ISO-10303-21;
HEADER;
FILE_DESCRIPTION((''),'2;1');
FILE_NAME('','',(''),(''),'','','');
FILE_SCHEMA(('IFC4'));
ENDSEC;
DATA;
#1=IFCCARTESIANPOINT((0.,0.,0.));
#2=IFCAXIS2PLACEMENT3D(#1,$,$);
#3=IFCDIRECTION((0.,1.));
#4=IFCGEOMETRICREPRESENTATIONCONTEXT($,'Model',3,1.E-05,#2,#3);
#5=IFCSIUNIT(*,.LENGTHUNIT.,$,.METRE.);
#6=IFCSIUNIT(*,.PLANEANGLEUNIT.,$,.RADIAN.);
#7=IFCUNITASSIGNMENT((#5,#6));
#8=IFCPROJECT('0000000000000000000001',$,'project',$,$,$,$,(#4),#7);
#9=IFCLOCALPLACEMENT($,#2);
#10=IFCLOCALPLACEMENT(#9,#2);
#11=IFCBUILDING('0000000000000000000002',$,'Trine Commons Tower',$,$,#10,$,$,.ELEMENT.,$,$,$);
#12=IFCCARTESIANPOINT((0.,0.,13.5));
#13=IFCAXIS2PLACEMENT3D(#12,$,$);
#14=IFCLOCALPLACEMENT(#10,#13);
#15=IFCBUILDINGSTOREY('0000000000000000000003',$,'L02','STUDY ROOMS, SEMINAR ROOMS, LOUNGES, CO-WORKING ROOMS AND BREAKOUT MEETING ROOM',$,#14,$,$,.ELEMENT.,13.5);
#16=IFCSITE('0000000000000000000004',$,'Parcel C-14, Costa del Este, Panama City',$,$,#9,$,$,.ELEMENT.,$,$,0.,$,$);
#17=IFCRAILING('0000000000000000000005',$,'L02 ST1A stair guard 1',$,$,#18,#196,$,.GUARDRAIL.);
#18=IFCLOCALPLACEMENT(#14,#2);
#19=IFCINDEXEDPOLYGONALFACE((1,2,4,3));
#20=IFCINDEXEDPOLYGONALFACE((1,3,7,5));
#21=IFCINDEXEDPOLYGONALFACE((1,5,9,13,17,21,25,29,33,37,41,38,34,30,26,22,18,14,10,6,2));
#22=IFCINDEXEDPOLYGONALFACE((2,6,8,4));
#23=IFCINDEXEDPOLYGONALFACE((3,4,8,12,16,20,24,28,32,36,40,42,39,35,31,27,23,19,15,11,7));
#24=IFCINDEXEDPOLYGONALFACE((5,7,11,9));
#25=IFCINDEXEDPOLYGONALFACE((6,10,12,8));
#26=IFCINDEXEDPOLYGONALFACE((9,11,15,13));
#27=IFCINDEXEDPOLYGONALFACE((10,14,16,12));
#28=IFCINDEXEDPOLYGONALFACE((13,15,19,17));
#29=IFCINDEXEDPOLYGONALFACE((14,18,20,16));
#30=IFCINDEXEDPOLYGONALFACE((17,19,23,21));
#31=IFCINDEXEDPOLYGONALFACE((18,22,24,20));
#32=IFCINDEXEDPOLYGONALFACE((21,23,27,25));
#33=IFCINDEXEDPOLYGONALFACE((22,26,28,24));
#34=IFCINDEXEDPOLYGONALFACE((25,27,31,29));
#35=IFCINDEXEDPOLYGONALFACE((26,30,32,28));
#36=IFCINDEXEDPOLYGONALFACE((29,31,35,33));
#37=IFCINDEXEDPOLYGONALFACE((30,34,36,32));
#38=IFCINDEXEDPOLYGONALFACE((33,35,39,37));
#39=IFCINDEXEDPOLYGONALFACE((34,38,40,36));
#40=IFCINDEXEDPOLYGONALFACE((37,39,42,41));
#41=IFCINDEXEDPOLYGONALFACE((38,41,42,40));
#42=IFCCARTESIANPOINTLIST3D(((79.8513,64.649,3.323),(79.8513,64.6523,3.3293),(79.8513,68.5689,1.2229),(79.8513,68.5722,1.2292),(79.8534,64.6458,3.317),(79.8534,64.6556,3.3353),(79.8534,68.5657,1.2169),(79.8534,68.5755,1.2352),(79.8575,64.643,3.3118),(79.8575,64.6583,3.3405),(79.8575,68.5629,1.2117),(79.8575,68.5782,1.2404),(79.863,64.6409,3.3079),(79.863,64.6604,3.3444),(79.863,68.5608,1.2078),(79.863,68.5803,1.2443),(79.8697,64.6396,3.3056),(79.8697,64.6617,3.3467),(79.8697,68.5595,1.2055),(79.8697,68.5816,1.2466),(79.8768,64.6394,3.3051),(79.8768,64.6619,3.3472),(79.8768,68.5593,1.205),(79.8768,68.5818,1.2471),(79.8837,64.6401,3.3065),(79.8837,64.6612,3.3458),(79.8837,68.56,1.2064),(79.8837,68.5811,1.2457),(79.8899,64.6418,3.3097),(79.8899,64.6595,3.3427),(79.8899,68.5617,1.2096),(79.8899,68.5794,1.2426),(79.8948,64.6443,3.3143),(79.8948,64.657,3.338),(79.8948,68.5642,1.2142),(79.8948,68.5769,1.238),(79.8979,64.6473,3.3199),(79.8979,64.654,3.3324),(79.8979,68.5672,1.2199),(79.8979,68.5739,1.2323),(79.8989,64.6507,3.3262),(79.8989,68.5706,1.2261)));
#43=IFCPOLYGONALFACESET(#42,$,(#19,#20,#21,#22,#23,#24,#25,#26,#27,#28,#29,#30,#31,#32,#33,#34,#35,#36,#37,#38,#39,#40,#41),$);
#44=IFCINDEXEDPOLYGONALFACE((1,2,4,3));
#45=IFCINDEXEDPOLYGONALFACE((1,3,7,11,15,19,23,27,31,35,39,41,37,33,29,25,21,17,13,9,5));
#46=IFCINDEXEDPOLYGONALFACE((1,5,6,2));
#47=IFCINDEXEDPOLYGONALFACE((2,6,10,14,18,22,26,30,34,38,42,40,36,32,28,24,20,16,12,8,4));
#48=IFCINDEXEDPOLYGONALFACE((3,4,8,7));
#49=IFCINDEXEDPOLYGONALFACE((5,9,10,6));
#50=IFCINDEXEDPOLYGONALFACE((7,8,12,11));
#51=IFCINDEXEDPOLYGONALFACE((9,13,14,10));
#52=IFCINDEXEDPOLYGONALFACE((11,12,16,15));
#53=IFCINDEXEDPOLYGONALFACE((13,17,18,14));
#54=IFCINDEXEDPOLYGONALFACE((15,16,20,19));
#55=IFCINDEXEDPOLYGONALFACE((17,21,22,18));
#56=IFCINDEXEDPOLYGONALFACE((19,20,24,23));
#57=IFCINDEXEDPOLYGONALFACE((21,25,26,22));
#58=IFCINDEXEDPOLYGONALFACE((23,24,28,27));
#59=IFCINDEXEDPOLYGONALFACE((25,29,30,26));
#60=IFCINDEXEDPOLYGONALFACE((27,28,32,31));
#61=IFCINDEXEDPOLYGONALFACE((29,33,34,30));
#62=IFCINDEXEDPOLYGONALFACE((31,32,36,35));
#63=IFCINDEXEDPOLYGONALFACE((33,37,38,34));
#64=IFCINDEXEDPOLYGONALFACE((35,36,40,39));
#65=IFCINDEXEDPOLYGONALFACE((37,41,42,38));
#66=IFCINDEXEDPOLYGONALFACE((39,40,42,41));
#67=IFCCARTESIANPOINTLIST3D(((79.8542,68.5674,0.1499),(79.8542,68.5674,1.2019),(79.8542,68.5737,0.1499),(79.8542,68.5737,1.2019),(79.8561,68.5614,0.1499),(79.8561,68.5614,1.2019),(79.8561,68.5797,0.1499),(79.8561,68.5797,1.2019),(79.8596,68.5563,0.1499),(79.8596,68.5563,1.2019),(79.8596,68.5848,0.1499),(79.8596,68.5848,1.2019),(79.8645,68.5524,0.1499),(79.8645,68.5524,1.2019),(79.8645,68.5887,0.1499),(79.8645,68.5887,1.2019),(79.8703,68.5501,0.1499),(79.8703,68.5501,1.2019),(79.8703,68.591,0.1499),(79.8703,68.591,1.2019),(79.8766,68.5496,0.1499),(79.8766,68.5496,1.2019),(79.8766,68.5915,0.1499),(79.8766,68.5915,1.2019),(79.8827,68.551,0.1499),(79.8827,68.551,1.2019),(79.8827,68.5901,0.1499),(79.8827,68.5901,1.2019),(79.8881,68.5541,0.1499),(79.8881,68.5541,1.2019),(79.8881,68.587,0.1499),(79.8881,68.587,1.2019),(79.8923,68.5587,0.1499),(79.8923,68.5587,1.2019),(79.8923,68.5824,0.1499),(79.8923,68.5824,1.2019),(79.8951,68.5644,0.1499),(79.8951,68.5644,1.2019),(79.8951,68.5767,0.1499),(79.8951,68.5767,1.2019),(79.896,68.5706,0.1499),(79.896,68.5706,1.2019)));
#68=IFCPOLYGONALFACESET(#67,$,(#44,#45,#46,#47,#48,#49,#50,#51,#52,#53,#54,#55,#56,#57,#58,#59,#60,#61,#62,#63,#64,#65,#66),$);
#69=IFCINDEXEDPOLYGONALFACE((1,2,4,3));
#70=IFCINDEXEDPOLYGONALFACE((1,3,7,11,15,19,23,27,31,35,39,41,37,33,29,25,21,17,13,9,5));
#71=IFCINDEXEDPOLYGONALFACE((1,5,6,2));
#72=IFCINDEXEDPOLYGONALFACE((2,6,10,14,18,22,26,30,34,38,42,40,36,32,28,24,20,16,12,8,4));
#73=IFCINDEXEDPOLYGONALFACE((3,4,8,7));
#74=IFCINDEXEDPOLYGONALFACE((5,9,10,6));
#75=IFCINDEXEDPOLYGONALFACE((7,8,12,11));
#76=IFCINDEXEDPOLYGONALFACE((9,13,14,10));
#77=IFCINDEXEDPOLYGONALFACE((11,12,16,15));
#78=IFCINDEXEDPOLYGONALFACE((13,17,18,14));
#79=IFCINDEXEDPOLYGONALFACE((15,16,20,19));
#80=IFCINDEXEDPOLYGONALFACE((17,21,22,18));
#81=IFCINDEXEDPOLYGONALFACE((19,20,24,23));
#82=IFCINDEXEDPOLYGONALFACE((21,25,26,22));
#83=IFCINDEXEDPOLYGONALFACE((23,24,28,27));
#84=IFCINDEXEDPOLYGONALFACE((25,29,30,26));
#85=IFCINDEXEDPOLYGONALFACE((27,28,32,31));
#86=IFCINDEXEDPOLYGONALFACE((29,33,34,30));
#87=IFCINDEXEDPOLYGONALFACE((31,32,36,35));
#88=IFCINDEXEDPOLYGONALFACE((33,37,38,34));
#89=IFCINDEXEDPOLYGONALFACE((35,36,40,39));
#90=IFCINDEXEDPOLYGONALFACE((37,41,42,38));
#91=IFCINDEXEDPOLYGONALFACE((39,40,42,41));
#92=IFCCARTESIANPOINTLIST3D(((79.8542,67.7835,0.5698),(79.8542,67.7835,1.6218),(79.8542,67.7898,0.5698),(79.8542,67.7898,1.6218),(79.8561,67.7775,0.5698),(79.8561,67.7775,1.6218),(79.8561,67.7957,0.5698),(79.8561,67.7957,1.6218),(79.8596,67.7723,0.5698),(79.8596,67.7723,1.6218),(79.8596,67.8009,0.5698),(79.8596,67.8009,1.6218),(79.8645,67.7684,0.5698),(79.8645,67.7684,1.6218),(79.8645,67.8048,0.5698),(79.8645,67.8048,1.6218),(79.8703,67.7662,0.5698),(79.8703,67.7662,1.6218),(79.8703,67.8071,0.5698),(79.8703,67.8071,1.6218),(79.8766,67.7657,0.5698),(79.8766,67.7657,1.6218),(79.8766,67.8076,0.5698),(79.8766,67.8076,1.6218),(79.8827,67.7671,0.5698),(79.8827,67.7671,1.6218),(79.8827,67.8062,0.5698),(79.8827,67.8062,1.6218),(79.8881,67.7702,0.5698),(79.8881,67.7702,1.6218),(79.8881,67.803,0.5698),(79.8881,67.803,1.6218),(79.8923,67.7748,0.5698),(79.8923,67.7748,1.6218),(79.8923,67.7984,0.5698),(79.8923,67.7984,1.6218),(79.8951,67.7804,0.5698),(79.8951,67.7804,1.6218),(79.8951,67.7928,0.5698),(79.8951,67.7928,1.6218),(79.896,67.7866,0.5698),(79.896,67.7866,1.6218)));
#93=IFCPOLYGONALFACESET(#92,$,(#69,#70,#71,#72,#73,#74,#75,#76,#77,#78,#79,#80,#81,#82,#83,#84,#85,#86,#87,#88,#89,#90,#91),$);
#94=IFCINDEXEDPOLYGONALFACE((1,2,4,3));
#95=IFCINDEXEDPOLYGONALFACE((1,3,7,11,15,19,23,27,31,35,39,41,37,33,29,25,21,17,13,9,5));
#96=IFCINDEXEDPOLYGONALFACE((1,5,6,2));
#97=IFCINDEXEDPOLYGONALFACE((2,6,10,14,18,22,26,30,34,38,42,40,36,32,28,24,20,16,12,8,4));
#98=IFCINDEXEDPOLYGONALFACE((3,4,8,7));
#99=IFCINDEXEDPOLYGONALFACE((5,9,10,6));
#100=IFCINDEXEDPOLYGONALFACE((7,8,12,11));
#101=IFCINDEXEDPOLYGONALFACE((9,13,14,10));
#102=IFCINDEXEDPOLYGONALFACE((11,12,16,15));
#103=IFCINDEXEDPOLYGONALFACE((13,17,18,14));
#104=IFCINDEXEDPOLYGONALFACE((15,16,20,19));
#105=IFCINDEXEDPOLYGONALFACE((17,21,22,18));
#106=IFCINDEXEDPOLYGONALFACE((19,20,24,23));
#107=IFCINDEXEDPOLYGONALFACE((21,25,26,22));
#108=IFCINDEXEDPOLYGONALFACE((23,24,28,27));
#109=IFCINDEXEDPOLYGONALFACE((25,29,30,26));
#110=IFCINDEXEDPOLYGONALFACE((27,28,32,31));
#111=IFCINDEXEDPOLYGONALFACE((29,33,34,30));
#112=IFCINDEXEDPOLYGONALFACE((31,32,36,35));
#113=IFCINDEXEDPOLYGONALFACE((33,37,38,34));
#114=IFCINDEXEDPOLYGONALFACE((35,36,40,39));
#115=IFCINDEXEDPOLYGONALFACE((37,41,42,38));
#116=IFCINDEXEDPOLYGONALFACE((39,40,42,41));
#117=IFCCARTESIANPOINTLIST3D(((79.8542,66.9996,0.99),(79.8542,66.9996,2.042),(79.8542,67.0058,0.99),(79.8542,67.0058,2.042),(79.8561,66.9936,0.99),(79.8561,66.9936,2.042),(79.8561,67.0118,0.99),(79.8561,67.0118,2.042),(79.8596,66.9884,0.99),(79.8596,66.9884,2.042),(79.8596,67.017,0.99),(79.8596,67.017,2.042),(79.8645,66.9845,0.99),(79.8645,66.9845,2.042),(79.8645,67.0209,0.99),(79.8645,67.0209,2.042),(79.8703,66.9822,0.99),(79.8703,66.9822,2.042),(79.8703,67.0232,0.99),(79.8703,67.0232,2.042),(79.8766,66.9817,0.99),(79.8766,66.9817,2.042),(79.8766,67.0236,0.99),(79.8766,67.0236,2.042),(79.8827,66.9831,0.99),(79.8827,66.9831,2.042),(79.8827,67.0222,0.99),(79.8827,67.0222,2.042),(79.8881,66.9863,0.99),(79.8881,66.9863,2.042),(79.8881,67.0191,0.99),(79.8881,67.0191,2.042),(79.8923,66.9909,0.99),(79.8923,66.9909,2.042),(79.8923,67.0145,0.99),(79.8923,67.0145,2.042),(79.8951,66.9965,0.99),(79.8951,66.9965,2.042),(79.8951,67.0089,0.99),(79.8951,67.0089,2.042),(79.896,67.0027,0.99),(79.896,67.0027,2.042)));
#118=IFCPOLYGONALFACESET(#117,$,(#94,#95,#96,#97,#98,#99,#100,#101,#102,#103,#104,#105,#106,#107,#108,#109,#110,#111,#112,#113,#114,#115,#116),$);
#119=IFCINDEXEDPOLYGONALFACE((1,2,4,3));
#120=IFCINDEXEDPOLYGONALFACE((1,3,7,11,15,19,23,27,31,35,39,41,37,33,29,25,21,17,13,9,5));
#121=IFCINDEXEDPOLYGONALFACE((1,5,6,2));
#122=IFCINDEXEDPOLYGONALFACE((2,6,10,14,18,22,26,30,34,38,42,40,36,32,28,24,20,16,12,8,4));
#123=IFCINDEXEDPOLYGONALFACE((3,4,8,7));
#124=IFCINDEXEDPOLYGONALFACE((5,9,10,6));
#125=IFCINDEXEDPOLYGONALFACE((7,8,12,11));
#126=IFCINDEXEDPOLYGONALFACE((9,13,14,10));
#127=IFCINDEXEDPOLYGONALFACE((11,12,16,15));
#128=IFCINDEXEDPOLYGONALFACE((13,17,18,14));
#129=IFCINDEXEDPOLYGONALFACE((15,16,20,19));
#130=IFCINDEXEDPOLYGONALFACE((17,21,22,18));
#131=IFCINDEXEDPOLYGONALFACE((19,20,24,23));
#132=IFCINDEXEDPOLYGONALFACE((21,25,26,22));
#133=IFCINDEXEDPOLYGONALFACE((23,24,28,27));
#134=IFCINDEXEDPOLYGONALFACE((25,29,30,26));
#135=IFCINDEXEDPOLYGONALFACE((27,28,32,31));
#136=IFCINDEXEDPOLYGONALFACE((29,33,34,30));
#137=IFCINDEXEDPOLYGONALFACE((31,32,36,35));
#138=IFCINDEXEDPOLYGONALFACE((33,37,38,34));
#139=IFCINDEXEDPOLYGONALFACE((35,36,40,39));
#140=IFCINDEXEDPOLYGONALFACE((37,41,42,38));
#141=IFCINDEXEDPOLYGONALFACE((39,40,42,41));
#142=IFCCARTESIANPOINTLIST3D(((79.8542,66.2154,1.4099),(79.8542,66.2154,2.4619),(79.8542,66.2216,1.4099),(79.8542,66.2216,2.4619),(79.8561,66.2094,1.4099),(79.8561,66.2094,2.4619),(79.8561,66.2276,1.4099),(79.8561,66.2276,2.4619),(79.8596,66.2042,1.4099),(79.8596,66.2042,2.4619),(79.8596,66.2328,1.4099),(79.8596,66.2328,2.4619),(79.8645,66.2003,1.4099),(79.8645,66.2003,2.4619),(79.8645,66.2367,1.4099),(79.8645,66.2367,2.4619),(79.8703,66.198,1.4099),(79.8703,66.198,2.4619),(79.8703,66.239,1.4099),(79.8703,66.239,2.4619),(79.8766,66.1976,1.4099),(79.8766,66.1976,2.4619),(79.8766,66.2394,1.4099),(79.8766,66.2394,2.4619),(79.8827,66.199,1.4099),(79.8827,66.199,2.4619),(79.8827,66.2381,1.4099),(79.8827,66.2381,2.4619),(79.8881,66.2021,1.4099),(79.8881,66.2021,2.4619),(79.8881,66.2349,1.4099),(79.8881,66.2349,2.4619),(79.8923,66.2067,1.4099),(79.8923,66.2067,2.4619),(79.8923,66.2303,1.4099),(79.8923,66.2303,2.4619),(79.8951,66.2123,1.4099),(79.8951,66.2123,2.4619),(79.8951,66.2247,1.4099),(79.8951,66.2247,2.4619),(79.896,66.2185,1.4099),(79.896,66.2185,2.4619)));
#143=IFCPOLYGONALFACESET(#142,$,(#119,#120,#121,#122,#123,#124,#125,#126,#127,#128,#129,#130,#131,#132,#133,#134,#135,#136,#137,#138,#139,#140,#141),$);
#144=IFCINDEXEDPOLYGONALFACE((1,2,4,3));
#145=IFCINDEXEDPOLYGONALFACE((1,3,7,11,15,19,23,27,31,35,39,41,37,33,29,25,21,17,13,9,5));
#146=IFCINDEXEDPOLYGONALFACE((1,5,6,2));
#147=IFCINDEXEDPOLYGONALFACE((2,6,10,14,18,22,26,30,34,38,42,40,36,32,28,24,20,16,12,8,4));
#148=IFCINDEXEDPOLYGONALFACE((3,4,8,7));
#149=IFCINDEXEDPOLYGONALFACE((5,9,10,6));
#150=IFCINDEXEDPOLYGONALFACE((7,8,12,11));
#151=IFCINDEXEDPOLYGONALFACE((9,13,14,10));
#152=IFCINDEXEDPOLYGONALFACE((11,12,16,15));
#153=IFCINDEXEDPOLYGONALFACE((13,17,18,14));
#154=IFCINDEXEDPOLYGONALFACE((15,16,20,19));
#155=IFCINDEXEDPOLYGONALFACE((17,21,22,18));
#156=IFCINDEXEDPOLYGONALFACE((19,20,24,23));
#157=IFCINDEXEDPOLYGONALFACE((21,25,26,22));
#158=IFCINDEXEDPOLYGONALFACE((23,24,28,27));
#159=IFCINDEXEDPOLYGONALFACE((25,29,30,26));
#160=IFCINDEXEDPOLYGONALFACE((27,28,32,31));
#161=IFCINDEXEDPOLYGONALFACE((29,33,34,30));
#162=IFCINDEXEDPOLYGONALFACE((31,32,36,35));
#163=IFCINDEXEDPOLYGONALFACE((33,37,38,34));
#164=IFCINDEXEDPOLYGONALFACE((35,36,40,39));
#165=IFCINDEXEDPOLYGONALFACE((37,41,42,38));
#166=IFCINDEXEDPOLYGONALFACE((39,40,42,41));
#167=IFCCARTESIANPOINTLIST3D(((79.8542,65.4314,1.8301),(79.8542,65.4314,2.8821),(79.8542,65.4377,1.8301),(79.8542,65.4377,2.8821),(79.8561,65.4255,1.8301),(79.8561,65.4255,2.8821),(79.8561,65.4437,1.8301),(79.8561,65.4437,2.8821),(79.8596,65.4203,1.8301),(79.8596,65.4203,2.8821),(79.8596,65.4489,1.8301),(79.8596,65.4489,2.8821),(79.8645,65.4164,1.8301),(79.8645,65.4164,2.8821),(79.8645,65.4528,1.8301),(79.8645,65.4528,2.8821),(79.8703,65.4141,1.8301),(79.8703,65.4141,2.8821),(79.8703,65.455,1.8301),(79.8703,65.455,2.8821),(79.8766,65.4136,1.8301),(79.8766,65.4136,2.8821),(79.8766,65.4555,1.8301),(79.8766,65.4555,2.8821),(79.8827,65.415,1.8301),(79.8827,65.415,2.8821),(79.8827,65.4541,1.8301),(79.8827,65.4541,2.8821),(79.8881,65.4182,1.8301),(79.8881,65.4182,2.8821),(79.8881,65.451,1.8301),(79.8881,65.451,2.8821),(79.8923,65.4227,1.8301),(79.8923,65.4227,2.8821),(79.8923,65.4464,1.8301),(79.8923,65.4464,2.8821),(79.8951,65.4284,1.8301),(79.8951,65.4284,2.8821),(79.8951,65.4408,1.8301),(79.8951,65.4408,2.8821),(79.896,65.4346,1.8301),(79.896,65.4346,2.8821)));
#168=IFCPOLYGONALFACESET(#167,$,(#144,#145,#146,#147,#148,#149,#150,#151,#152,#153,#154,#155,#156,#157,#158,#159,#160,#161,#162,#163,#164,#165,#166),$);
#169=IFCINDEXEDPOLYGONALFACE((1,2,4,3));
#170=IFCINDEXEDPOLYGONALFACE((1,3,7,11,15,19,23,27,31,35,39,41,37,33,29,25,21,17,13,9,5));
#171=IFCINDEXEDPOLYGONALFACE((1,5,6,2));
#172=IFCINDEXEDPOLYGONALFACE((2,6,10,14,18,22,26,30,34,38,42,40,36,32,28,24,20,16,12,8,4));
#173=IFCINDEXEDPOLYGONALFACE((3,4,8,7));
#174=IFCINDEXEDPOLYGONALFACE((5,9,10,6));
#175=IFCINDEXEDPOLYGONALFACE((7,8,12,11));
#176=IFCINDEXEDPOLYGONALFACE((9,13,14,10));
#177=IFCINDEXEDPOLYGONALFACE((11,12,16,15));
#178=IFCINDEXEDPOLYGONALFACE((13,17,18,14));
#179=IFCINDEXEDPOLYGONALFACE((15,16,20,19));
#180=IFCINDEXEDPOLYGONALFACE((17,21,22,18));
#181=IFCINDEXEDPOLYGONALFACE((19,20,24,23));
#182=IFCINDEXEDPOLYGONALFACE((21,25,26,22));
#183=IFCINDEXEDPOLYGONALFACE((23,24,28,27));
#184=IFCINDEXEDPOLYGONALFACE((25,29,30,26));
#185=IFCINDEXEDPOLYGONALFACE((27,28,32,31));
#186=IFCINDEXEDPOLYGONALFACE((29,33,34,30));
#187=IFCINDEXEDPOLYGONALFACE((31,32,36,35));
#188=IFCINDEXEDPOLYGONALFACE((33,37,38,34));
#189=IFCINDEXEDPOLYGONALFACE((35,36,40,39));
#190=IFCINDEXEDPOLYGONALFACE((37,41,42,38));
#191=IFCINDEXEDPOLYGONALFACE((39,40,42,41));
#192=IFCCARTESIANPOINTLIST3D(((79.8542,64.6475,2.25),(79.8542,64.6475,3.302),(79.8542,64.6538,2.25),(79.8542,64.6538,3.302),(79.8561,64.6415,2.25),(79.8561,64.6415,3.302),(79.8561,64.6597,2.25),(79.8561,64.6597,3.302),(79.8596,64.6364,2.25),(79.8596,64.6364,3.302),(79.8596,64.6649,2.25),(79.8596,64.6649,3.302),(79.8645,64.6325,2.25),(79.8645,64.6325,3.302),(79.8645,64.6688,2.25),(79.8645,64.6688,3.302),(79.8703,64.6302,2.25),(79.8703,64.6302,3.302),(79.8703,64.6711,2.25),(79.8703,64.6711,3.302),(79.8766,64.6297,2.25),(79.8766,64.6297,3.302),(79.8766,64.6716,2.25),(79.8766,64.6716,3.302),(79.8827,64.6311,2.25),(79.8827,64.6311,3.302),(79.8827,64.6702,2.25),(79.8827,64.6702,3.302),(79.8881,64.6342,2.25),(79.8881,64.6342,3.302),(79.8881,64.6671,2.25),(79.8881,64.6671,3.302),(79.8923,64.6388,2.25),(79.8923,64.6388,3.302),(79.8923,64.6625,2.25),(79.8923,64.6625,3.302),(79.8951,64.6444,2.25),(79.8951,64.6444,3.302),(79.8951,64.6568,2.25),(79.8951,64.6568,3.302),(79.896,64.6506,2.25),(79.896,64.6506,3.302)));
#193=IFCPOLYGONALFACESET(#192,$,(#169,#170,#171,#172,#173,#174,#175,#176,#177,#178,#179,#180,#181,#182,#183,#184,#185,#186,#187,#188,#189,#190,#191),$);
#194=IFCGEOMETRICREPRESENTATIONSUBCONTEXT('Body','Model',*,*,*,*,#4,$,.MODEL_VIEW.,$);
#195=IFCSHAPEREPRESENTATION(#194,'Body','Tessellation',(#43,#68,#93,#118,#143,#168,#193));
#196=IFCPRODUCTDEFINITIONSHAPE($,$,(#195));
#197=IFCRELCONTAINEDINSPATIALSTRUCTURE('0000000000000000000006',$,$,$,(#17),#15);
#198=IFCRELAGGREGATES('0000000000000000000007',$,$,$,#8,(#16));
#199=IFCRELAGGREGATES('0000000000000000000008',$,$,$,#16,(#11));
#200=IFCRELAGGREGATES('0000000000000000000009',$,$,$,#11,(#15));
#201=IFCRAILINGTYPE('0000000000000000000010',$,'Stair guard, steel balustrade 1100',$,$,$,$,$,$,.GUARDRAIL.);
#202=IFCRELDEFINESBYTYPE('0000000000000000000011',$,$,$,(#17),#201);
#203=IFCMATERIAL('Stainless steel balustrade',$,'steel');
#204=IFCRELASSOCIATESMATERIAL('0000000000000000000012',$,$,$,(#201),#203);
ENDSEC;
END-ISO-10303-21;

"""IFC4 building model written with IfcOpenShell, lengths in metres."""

from ifc_helpers import new_model, si_unit, direction, frame, origin, origin_2d, place, context, subcontext, project, spatial, circle, extrude, material, type_object, element, save


model = new_model("IFC4")

# Units and contexts
model_context = context("Model", 3, precision=1e-05, world=origin(), true_north=direction((0.0, 1.0)))
body_context = subcontext(model_context, "Body", "Model", "MODEL_VIEW")
ifc_project = project(units=[si_unit("LENGTHUNIT", "METRE"), si_unit("PLANEANGLEUNIT", "RADIAN")], contexts=[model_context])

# Site, building, storey
site_placement = place(None, origin())
site = spatial("IfcSite", under=ifc_project, at=site_placement, Name="Parcel C-14, Costa del Este, Panama City", CompositionType="ELEMENT", RefElevation=0.0)
building_placement = place(site_placement, origin())
building = spatial("IfcBuilding", under=site, at=building_placement, Name="Trine Commons Tower", CompositionType="ELEMENT")
storey_placement = place(building_placement, frame((0.0, 0.0, 13.5)))
storey = spatial("IfcBuildingStorey", under=building, at=storey_placement, Name="L02", Description="STUDY ROOMS, SEMINAR ROOMS, LOUNGES, CO-WORKING ROOMS AND BREAKOUT MEETING ROOM", CompositionType="ELEMENT", Elevation=13.5)

# Railing
ifc_material_1 = material(Name="Stainless steel balustrade", Category="steel")
railing_type_1 = type_object("IfcRailingType", Name="Stair guard, steel balustrade 1100", PredefinedType="GUARDRAIL", material=ifc_material_1)
railing_1_placement = place(storey_placement, frame((79.875, 68.5706, 0.1499)))
element("IfcRailing", 1, at=railing_1_placement, inside=storey, type_object=railing_type_1, Name="L02 ST1A stair guard 1", PredefinedType="GUARDRAIL", context=body_context, shape_type="SweptSolid", body=[
    extrude(circle(Radius=0.0239, at=origin_2d()), frame((0.0, 0.0, 1.0762), z_axis=(0.0, -0.881467, 0.472246), x_axis=(1.0, 0.0, 0.0)), (0.0, 0.0, 1.0), 4.447),
    extrude(circle(Radius=0.021, at=origin_2d()), origin(), (0.0, 0.0, 1.0), 1.052),
    extrude(circle(Radius=0.021, at=origin_2d()), frame((0.0, -0.7839, 0.4199)), (0.0, 0.0, 1.0), 1.052),
    extrude(circle(Radius=0.021, at=origin_2d()), frame((0.0, -1.5679, 0.8401)), (0.0, 0.0, 1.0), 1.052),
    extrude(circle(Radius=0.021, at=origin_2d()), frame((0.0, -2.3521, 1.26)), (0.0, 0.0, 1.0), 1.052),
    extrude(circle(Radius=0.021, at=origin_2d()), frame((0.0, -3.136, 1.6802)), (0.0, 0.0, 1.0), 1.052),
    extrude(circle(Radius=0.021, at=origin_2d()), frame((0.0, -3.9199, 2.1001)), (0.0, 0.0, 1.0), 1.052),
])

save(model, "model.ifc")
